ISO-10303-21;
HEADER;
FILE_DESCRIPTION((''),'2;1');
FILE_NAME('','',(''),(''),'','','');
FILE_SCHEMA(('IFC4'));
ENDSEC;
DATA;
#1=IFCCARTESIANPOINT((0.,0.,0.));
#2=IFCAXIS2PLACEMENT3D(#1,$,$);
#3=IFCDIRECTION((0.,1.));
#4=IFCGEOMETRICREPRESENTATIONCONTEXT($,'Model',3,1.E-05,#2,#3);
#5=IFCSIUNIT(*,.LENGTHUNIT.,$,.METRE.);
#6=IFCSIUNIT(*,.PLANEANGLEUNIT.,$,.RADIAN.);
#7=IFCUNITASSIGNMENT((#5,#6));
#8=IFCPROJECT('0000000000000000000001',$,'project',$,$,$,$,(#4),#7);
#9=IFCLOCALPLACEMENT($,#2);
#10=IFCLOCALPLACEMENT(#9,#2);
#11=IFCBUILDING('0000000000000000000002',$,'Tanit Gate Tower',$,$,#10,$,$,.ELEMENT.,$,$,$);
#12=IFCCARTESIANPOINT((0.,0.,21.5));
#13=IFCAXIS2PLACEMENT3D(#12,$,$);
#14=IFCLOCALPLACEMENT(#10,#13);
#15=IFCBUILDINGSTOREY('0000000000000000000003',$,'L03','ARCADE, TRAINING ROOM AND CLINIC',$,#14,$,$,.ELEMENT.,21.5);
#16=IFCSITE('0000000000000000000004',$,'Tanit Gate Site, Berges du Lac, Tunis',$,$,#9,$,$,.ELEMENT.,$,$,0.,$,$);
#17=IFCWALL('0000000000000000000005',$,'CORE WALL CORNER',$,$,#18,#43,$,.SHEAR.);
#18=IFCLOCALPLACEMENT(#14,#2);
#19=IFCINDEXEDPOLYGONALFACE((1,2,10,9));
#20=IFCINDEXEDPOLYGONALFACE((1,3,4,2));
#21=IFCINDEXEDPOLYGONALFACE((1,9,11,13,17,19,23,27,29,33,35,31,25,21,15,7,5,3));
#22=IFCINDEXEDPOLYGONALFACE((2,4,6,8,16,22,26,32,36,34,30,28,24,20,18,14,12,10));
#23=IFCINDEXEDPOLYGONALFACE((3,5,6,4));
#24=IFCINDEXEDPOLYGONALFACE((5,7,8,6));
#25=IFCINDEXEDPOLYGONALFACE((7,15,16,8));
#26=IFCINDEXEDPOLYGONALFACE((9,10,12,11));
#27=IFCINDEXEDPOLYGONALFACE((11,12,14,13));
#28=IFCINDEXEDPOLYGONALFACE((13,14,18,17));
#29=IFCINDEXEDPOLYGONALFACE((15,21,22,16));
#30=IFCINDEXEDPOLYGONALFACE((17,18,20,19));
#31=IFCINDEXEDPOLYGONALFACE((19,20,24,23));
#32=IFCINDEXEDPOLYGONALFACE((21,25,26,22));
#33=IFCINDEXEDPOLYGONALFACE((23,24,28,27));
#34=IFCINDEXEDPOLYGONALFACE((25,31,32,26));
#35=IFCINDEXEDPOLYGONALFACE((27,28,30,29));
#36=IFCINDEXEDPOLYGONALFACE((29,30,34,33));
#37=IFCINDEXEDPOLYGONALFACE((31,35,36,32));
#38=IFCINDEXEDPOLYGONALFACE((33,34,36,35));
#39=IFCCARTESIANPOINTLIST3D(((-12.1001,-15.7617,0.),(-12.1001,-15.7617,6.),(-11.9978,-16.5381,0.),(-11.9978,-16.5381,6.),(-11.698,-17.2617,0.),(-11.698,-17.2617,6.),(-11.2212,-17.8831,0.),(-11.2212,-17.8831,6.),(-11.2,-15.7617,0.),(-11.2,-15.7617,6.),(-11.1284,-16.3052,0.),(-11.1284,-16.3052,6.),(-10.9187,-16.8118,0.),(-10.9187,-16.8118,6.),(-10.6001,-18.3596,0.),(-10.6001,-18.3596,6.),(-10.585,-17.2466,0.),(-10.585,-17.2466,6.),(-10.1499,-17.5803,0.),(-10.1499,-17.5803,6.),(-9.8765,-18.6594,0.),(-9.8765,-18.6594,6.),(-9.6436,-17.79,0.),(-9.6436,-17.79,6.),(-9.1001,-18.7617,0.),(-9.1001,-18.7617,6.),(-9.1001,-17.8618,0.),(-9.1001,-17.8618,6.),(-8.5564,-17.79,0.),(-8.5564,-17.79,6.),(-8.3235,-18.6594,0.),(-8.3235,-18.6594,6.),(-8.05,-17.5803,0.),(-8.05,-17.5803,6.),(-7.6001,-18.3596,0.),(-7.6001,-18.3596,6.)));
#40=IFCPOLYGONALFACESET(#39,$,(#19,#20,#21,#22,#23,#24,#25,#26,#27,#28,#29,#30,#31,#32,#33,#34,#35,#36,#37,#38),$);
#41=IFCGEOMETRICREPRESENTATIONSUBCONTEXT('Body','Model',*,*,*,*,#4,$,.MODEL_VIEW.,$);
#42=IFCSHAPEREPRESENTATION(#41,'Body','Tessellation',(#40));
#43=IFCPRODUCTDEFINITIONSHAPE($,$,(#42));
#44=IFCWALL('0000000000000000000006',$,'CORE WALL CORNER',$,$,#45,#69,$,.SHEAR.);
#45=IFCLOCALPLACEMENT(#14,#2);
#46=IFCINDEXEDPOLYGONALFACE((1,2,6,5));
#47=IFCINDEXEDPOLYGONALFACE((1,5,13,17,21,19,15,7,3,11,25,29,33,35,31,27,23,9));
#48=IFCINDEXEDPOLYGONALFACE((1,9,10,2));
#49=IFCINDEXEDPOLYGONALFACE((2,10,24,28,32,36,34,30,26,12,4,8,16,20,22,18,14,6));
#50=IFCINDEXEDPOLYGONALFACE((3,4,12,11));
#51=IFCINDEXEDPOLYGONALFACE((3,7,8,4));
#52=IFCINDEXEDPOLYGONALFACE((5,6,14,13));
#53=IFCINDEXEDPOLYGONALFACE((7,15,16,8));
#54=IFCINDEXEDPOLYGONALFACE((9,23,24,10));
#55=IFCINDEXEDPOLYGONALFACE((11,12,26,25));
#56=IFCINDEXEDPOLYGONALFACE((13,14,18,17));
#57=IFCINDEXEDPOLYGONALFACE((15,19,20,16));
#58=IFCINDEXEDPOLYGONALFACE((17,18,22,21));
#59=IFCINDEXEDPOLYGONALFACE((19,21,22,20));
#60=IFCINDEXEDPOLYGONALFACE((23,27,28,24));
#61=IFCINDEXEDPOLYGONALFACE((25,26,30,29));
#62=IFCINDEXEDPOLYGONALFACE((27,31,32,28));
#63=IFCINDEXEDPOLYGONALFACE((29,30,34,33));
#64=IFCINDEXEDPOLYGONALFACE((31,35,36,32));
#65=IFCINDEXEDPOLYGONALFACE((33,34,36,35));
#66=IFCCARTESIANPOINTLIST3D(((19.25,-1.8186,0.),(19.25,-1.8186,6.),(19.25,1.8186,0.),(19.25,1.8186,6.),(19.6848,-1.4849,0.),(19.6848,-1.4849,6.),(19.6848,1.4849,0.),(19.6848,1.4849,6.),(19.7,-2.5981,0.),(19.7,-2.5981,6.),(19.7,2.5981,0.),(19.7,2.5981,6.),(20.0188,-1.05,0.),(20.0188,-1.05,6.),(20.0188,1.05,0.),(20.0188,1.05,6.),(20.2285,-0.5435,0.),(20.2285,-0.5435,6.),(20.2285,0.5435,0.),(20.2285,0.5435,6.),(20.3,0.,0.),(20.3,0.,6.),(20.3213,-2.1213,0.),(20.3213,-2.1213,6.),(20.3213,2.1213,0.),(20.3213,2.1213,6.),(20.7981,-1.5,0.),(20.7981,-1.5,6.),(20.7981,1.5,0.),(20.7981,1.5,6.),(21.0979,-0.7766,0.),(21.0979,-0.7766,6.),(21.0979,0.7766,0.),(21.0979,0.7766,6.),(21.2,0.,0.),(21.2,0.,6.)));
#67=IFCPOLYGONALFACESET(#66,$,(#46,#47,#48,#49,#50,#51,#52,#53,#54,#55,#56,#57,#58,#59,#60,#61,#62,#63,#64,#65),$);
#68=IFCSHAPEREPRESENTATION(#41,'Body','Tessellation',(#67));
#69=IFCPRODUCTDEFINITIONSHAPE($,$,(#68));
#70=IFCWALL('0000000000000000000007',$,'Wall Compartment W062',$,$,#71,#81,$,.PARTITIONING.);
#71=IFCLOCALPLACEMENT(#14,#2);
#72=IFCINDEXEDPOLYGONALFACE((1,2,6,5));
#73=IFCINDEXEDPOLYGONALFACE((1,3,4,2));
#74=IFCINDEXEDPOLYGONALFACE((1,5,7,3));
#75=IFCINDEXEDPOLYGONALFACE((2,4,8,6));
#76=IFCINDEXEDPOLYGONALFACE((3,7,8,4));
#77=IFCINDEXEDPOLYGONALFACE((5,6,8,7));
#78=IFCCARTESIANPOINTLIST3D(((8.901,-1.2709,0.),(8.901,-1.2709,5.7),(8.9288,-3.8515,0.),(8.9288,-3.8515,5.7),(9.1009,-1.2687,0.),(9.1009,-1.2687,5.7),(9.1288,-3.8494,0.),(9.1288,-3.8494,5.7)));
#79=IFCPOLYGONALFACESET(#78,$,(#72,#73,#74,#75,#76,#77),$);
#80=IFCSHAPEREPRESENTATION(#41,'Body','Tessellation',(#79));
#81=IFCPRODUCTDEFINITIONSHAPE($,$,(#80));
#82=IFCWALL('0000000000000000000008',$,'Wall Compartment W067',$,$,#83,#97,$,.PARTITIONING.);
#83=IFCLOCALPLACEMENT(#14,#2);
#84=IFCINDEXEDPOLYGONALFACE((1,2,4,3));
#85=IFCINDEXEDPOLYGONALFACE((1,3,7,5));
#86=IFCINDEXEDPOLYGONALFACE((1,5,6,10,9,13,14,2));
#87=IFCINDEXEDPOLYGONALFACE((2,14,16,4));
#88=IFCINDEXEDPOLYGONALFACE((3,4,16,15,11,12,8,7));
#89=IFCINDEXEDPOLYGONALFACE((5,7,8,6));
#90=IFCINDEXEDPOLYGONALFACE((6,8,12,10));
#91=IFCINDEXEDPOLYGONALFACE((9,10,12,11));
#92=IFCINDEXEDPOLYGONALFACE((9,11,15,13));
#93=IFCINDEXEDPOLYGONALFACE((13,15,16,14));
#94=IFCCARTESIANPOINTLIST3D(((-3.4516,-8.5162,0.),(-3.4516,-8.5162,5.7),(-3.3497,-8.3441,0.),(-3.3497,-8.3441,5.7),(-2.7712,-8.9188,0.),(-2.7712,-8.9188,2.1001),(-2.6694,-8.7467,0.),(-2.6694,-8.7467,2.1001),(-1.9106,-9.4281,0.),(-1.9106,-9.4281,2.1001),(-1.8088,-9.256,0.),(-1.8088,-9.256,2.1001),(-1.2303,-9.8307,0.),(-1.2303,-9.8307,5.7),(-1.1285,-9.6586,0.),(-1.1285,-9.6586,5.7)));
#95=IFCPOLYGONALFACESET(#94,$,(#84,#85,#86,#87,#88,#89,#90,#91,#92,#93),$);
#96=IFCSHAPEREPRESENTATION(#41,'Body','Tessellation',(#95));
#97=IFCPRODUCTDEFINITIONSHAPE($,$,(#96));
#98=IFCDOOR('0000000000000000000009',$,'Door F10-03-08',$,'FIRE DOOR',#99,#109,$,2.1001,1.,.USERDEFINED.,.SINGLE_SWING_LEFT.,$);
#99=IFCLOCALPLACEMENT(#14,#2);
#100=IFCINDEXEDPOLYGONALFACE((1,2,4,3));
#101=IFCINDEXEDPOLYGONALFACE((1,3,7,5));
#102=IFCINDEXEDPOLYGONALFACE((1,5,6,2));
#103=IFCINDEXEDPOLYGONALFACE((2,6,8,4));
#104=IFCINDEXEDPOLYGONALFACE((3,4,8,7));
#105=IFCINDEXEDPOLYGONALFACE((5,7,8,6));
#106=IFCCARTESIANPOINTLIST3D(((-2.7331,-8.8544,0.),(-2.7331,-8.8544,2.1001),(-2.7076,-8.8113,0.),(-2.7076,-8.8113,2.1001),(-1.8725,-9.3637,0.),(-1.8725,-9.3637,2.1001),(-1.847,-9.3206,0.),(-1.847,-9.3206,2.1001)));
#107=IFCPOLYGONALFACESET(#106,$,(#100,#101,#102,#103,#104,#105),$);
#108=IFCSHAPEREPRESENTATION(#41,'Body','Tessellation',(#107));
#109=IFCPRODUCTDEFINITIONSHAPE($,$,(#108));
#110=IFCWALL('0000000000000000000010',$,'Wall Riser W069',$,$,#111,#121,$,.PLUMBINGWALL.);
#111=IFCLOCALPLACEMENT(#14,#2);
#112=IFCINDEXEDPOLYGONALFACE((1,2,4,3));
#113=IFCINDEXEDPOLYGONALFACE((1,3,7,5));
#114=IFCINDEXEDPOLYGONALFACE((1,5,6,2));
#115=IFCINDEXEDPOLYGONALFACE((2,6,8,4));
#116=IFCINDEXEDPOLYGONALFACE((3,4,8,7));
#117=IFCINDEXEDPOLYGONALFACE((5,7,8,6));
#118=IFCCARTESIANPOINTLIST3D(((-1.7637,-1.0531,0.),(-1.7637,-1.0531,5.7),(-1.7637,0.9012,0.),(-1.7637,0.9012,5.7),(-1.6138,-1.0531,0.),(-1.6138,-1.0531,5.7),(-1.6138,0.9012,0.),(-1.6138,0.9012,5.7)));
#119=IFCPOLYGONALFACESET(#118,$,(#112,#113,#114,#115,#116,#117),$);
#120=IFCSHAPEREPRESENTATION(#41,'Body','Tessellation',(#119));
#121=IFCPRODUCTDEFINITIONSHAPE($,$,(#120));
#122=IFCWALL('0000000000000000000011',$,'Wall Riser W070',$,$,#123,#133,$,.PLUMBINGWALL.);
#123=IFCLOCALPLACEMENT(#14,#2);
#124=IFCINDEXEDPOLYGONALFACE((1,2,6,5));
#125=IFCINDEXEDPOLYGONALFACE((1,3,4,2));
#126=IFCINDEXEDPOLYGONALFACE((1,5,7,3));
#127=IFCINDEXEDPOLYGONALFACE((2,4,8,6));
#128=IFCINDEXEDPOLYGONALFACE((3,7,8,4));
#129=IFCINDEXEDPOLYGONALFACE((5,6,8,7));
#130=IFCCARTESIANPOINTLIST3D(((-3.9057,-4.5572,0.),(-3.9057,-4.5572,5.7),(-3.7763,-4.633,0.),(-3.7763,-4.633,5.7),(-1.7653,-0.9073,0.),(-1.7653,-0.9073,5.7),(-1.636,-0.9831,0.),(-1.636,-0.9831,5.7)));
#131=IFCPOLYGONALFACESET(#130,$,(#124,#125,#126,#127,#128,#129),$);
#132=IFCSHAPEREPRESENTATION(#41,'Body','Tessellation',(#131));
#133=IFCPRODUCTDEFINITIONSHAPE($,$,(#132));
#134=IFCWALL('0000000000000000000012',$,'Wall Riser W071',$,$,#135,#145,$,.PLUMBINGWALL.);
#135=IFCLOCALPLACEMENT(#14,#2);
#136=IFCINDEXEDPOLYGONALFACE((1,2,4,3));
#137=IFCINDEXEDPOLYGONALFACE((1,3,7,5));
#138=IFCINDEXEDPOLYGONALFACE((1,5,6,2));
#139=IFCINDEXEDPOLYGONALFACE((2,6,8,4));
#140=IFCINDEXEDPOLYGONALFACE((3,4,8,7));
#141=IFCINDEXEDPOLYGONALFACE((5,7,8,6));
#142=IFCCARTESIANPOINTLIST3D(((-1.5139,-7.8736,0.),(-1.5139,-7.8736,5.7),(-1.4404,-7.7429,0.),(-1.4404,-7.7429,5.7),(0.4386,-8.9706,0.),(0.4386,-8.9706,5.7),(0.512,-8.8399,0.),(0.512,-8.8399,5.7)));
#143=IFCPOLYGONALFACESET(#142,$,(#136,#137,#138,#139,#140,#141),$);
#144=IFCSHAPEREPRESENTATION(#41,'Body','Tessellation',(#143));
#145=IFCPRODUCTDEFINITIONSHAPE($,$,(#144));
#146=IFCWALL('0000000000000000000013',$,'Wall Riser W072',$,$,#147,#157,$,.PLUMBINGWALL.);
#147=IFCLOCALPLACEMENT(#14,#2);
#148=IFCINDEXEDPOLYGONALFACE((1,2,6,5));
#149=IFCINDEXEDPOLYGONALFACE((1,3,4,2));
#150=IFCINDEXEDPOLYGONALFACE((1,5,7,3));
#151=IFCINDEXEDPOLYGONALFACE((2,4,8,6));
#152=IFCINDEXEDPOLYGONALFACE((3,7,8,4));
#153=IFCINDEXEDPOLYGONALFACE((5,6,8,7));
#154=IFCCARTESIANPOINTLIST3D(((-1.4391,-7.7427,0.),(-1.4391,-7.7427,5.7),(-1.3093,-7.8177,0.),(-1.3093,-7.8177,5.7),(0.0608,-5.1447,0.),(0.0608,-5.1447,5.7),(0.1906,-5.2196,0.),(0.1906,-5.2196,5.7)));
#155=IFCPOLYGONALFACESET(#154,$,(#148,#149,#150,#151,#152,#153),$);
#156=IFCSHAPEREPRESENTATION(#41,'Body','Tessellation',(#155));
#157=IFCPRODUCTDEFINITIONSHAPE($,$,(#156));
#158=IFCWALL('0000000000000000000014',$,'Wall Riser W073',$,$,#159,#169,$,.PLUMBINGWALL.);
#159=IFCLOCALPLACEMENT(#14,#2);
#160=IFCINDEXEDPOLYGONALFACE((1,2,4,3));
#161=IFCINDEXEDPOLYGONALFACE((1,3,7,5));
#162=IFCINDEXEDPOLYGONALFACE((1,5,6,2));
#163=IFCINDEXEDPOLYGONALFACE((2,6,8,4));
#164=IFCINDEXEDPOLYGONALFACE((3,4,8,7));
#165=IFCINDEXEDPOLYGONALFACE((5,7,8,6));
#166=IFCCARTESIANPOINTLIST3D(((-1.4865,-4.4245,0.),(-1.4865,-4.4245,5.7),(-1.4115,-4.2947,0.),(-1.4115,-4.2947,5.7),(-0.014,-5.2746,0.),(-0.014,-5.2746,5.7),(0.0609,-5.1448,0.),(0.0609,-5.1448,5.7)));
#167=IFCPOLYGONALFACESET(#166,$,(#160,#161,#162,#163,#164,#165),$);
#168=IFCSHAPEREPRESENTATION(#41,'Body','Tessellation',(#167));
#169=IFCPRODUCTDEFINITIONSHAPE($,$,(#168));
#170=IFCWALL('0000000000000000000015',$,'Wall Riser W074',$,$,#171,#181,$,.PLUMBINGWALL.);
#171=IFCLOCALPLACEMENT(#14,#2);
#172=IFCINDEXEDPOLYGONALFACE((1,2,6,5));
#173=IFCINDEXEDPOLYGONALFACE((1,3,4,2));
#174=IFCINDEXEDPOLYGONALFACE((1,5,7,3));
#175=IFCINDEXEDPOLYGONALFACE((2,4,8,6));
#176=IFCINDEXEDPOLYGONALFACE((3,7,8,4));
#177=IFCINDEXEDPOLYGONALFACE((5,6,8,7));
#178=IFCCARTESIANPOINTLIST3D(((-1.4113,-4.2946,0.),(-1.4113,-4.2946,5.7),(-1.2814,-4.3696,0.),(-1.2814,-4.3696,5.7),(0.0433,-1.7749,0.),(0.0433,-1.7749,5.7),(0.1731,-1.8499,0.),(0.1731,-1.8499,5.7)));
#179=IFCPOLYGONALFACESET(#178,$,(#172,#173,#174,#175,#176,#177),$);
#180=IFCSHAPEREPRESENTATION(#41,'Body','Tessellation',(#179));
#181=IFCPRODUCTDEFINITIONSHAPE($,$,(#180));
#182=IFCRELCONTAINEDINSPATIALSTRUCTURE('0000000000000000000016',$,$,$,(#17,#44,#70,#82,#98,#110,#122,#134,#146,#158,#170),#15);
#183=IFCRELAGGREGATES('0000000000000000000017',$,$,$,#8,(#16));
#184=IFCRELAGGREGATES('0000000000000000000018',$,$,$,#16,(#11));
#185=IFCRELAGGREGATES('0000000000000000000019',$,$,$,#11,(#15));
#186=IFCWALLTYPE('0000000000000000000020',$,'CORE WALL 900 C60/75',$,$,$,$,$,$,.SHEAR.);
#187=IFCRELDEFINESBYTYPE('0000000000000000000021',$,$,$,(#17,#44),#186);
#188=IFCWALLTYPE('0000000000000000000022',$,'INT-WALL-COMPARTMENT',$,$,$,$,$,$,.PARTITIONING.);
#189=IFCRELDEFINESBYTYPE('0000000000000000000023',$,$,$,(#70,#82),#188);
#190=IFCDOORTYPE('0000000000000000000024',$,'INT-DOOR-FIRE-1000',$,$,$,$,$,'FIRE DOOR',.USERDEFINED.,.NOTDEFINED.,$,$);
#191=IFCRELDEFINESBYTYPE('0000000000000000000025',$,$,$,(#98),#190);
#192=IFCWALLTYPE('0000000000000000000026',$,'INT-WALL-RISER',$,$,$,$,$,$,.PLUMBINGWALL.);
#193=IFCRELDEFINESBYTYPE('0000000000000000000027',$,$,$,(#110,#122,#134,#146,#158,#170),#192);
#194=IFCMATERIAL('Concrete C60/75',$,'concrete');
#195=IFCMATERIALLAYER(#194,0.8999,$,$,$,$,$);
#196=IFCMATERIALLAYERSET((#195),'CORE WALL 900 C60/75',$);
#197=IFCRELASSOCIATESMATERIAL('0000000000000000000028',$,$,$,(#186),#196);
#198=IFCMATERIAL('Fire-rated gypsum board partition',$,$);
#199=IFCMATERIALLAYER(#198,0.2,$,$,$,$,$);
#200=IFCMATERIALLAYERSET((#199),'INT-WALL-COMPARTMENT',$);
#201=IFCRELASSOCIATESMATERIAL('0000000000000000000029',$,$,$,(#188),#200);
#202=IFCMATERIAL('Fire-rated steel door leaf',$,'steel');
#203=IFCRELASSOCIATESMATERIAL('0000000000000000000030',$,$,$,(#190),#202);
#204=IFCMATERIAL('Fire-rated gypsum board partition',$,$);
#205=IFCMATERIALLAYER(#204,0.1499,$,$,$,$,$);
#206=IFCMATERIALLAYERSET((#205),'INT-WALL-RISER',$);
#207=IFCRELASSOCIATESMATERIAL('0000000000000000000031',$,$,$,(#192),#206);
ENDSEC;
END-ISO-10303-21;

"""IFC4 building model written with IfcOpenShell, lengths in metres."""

from ifc_helpers import new_model, si_unit, direction, frame, frame_2d, origin, place, context, subcontext, project, spatial, polyline, rectangle, outline, extrude, material, layer, layer_set, type_object, element, fill, save


model = new_model("IFC4")

# Units and contexts
model_context = context("Model", 3, precision=1e-05, world=origin(), true_north=direction((0.0, 1.0)))
body_context = subcontext(model_context, "Body", "Model", "MODEL_VIEW")
ifc_project = project(units=[si_unit("LENGTHUNIT", "METRE"), si_unit("PLANEANGLEUNIT", "RADIAN")], contexts=[model_context])

# Site, building, storey
site_placement = place(None, origin())
site = spatial("IfcSite", under=ifc_project, at=site_placement, Name="Tanit Gate Site, Berges du Lac, Tunis", CompositionType="ELEMENT", RefElevation=0.0)
building_placement = place(site_placement, origin())
building = spatial("IfcBuilding", under=site, at=building_placement, Name="Tanit Gate Tower", CompositionType="ELEMENT")
storey_placement = place(building_placement, frame((0.0, 0.0, 21.5)))
storey = spatial("IfcBuildingStorey", under=building, at=storey_placement, Name="L03", Description="ARCADE, TRAINING ROOM AND CLINIC", CompositionType="ELEMENT", Elevation=21.5)

# Walls
ifc_material_1 = material(Name="Concrete C60/75", Category="concrete")
ifc_layer_1 = layer(ifc_material_1, 0.8999)
ifc_layer_set_1 = layer_set([ifc_layer_1], Name="CORE WALL 900 C60/75")
wall_type_1 = type_object("IfcWallType", Name="CORE WALL 900 C60/75", PredefinedType="SHEAR", material=ifc_layer_set_1)
wall_1_placement = place(storey_placement, origin())
element("IfcWall", 1, at=wall_1_placement, inside=storey, type_object=wall_type_1, Name="CORE WALL CORNER", PredefinedType="SHEAR", context=body_context, shape_type="SweptSolid", body=[
    extrude(outline(polyline([(-12.1001, -15.7617), (-11.9978, -16.5381), (-11.698, -17.2617), (-11.2212, -17.8831), (-10.6001, -18.3596), (-9.8765, -18.6594), (-9.1001, -18.7617), (-8.3235, -18.6594), (-7.6001, -18.3596), (-8.05, -17.5803), (-8.5564, -17.79), (-9.1001, -17.8618), (-9.6436, -17.79), (-10.1499, -17.5803), (-10.585, -17.2466), (-10.9187, -16.8118), (-11.1284, -16.3052), (-11.2, -15.7617), (-12.1001, -15.7617)])), origin(), (0.0, 0.0, 1.0), 6.0),
])
wall_2_placement = place(storey_placement, origin())
element("IfcWall", 2, at=wall_2_placement, inside=storey, type_object=wall_type_1, Name="CORE WALL CORNER", PredefinedType="SHEAR", context=body_context, shape_type="SweptSolid", body=[
    extrude(outline(polyline([(19.7, -2.5981), (20.3213, -2.1213), (20.7981, -1.5), (21.0979, -0.7766), (21.2, 0.0), (21.0979, 0.7766), (20.7981, 1.5), (20.3213, 2.1213), (19.7, 2.5981), (19.25, 1.8186), (19.6848, 1.4849), (20.0188, 1.05), (20.2285, 0.5435), (20.3, 0.0), (20.2285, -0.5435), (20.0188, -1.05), (19.6848, -1.4849), (19.25, -1.8186), (19.7, -2.5981)])), origin(), (0.0, 0.0, 1.0), 6.0),
])
ifc_material_2 = material(Name="Fire-rated gypsum board partition")
ifc_layer_2 = layer(ifc_material_2, 0.2)
ifc_layer_set_2 = layer_set([ifc_layer_2], Name="INT-WALL-COMPARTMENT")
wall_type_2 = type_object("IfcWallType", Name="INT-WALL-COMPARTMENT", PredefinedType="PARTITIONING", material=ifc_layer_set_2)
wall_3_placement = place(storey_placement, frame((9.0288, -3.8506, 0.0), z_axis=(0.0, 0.0, 1.0), x_axis=(-0.010785, 0.999942, 0.0)))
element("IfcWall", 3, at=wall_3_placement, inside=storey, type_object=wall_type_2, Name="Wall Compartment W062", PredefinedType="PARTITIONING", context=body_context, shape_type="SweptSolid", body=[
    extrude(rectangle(XDim=2.5808, YDim=0.2, at=frame_2d((1.2905, 0.0))), origin(), (0.0, 0.0, 1.0), 5.7),
])

# Wall, opening, door
wall_4_placement = place(storey_placement, frame((-3.4006, -8.4302, 0.0), z_axis=(0.0, 0.0, 1.0), x_axis=(0.860599, -0.509284, 0.0)))
wall_4 = element("IfcWall", 4, at=wall_4_placement, inside=storey, type_object=wall_type_2, Name="Wall Compartment W067", PredefinedType="PARTITIONING", context=body_context, shape_type="SweptSolid", body=[
    extrude(rectangle(XDim=2.5811, YDim=0.2, at=frame_2d((1.2905, 0.0))), origin(), (0.0, 0.0, 1.0), 5.7),
])
opening_1_placement = place(wall_4_placement, frame((0.7905, 0.0, 0.0)))
opening_1 = element("IfcOpeningElement", 5, at=opening_1_placement, cuts=wall_4, PredefinedType="OPENING", context=body_context, shape_type="SweptSolid", body=[
    extrude(rectangle(XDim=1.0, YDim=2.1001, at=frame_2d((0.5, 1.05))), frame((0.0, 0.1099, 0.0), z_axis=(0.0, -1.0, 0.0), x_axis=(1.0, 0.0, 0.0)), (0.0, 0.0, 1.0), 0.22),
])
ifc_material_3 = material(Name="Fire-rated steel door leaf", Category="steel")
door_type_1 = type_object("IfcDoorType", Name="INT-DOOR-FIRE-1000", ElementType="FIRE DOOR", OperationType="NOTDEFINED", PredefinedType="USERDEFINED", material=ifc_material_3)
door_1_placement = place(opening_1_placement, origin())
door_1 = element("IfcDoor", 6, at=door_1_placement, inside=storey, type_object=door_type_1, Name="Door F10-03-08", ObjectType="FIRE DOOR", OperationType="SINGLE_SWING_LEFT", OverallHeight=2.1001, OverallWidth=1.0, PredefinedType="USERDEFINED", context=body_context, shape_type="SweptSolid", body=[
    extrude(rectangle(XDim=1.0, YDim=2.1001, at=frame_2d((0.5, 1.05))), frame((0.0, 0.0249, 0.0), z_axis=(0.0, -1.0, 0.0), x_axis=(1.0, 0.0, 0.0)), (0.0, 0.0, 1.0), 0.05),
])
fill(opening_1, door_1)

# Walls
ifc_material_4 = material(Name="Fire-rated gypsum board partition")
ifc_layer_3 = layer(ifc_material_4, 0.1499)
ifc_layer_set_3 = layer_set([ifc_layer_3], Name="INT-WALL-RISER")
wall_type_3 = type_object("IfcWallType", Name="INT-WALL-RISER", PredefinedType="PLUMBINGWALL", material=ifc_layer_set_3)
wall_5_placement = place(storey_placement, frame((-1.6887, -1.053, 0.0), z_axis=(0.0, 0.0, 1.0), x_axis=(0.0, 1.0, 0.0)))
element("IfcWall", 7, at=wall_5_placement, inside=storey, type_object=wall_type_3, Name="Wall Riser W069", PredefinedType="PLUMBINGWALL", context=body_context, shape_type="SweptSolid", body=[
    extrude(rectangle(XDim=1.9543, YDim=0.1499, at=frame_2d((0.9771, 0.0))), origin(), (0.0, 0.0, 1.0), 5.7),
])
wall_6_placement = place(storey_placement, frame((-3.8411, -4.5952, 0.0), z_axis=(0.0, 0.0, 1.0), x_axis=(0.505857, 0.862617, 0.0)))
element("IfcWall", 8, at=wall_6_placement, inside=storey, type_object=wall_type_3, Name="Wall Riser W070", PredefinedType="PLUMBINGWALL", context=body_context, shape_type="SweptSolid", body=[
    extrude(rectangle(XDim=4.2312, YDim=0.1499, at=frame_2d((2.1157, 0.0))), origin(), (0.0, 0.0, 1.0), 5.7),
])
wall_7_placement = place(storey_placement, frame((-1.4771, -7.8083, 0.0), z_axis=(0.0, 0.0, 1.0), x_axis=(0.871823, -0.489821, 0.0)))
element("IfcWall", 9, at=wall_7_placement, inside=storey, type_object=wall_type_3, Name="Wall Riser W071", PredefinedType="PLUMBINGWALL", context=body_context, shape_type="SweptSolid", body=[
    extrude(rectangle(XDim=2.2395, YDim=0.1499, at=frame_2d((1.1196, 0.0))), origin(), (0.0, 0.0, 1.0), 5.7),
])
wall_8_placement = place(storey_placement, frame((0.1257, -5.1821, 0.0), z_axis=(0.0, 0.0, 1.0), x_axis=(-0.49999, -0.866031, 0.0)))
element("IfcWall", 10, at=wall_8_placement, inside=storey, type_object=wall_type_3, Name="Wall Riser W072", PredefinedType="PLUMBINGWALL", context=body_context, shape_type="SweptSolid", body=[
    extrude(rectangle(XDim=3.0, YDim=0.1499, at=frame_2d((1.5, 0.0))), origin(), (0.0, 0.0, 1.0), 5.7),
])
wall_9_placement = place(storey_placement, frame((-1.449, -4.3596, 0.0), z_axis=(0.0, 0.0, 1.0), x_axis=(0.866025, -0.5, 0.0)))
element("IfcWall", 11, at=wall_9_placement, inside=storey, type_object=wall_type_3, Name="Wall Riser W073", PredefinedType="PLUMBINGWALL", context=body_context, shape_type="SweptSolid", body=[
    extrude(rectangle(XDim=1.7002, YDim=0.1499, at=frame_2d((0.8501, 0.0))), origin(), (0.0, 0.0, 1.0), 5.7),
])
wall_10_placement = place(storey_placement, frame((0.1082, -1.8125, 0.0), z_axis=(0.0, 0.0, 1.0), x_axis=(-0.499948, -0.866056, 0.0)))
element("IfcWall", 12, at=wall_10_placement, inside=storey, type_object=wall_type_3, Name="Wall Riser W074", PredefinedType="PLUMBINGWALL", context=body_context, shape_type="SweptSolid", body=[
    extrude(rectangle(XDim=2.9094, YDim=0.1499, at=frame_2d((1.4546, 0.0))), origin(), (0.0, 0.0, 1.0), 5.7),
])

save(model, "model.ifc")
